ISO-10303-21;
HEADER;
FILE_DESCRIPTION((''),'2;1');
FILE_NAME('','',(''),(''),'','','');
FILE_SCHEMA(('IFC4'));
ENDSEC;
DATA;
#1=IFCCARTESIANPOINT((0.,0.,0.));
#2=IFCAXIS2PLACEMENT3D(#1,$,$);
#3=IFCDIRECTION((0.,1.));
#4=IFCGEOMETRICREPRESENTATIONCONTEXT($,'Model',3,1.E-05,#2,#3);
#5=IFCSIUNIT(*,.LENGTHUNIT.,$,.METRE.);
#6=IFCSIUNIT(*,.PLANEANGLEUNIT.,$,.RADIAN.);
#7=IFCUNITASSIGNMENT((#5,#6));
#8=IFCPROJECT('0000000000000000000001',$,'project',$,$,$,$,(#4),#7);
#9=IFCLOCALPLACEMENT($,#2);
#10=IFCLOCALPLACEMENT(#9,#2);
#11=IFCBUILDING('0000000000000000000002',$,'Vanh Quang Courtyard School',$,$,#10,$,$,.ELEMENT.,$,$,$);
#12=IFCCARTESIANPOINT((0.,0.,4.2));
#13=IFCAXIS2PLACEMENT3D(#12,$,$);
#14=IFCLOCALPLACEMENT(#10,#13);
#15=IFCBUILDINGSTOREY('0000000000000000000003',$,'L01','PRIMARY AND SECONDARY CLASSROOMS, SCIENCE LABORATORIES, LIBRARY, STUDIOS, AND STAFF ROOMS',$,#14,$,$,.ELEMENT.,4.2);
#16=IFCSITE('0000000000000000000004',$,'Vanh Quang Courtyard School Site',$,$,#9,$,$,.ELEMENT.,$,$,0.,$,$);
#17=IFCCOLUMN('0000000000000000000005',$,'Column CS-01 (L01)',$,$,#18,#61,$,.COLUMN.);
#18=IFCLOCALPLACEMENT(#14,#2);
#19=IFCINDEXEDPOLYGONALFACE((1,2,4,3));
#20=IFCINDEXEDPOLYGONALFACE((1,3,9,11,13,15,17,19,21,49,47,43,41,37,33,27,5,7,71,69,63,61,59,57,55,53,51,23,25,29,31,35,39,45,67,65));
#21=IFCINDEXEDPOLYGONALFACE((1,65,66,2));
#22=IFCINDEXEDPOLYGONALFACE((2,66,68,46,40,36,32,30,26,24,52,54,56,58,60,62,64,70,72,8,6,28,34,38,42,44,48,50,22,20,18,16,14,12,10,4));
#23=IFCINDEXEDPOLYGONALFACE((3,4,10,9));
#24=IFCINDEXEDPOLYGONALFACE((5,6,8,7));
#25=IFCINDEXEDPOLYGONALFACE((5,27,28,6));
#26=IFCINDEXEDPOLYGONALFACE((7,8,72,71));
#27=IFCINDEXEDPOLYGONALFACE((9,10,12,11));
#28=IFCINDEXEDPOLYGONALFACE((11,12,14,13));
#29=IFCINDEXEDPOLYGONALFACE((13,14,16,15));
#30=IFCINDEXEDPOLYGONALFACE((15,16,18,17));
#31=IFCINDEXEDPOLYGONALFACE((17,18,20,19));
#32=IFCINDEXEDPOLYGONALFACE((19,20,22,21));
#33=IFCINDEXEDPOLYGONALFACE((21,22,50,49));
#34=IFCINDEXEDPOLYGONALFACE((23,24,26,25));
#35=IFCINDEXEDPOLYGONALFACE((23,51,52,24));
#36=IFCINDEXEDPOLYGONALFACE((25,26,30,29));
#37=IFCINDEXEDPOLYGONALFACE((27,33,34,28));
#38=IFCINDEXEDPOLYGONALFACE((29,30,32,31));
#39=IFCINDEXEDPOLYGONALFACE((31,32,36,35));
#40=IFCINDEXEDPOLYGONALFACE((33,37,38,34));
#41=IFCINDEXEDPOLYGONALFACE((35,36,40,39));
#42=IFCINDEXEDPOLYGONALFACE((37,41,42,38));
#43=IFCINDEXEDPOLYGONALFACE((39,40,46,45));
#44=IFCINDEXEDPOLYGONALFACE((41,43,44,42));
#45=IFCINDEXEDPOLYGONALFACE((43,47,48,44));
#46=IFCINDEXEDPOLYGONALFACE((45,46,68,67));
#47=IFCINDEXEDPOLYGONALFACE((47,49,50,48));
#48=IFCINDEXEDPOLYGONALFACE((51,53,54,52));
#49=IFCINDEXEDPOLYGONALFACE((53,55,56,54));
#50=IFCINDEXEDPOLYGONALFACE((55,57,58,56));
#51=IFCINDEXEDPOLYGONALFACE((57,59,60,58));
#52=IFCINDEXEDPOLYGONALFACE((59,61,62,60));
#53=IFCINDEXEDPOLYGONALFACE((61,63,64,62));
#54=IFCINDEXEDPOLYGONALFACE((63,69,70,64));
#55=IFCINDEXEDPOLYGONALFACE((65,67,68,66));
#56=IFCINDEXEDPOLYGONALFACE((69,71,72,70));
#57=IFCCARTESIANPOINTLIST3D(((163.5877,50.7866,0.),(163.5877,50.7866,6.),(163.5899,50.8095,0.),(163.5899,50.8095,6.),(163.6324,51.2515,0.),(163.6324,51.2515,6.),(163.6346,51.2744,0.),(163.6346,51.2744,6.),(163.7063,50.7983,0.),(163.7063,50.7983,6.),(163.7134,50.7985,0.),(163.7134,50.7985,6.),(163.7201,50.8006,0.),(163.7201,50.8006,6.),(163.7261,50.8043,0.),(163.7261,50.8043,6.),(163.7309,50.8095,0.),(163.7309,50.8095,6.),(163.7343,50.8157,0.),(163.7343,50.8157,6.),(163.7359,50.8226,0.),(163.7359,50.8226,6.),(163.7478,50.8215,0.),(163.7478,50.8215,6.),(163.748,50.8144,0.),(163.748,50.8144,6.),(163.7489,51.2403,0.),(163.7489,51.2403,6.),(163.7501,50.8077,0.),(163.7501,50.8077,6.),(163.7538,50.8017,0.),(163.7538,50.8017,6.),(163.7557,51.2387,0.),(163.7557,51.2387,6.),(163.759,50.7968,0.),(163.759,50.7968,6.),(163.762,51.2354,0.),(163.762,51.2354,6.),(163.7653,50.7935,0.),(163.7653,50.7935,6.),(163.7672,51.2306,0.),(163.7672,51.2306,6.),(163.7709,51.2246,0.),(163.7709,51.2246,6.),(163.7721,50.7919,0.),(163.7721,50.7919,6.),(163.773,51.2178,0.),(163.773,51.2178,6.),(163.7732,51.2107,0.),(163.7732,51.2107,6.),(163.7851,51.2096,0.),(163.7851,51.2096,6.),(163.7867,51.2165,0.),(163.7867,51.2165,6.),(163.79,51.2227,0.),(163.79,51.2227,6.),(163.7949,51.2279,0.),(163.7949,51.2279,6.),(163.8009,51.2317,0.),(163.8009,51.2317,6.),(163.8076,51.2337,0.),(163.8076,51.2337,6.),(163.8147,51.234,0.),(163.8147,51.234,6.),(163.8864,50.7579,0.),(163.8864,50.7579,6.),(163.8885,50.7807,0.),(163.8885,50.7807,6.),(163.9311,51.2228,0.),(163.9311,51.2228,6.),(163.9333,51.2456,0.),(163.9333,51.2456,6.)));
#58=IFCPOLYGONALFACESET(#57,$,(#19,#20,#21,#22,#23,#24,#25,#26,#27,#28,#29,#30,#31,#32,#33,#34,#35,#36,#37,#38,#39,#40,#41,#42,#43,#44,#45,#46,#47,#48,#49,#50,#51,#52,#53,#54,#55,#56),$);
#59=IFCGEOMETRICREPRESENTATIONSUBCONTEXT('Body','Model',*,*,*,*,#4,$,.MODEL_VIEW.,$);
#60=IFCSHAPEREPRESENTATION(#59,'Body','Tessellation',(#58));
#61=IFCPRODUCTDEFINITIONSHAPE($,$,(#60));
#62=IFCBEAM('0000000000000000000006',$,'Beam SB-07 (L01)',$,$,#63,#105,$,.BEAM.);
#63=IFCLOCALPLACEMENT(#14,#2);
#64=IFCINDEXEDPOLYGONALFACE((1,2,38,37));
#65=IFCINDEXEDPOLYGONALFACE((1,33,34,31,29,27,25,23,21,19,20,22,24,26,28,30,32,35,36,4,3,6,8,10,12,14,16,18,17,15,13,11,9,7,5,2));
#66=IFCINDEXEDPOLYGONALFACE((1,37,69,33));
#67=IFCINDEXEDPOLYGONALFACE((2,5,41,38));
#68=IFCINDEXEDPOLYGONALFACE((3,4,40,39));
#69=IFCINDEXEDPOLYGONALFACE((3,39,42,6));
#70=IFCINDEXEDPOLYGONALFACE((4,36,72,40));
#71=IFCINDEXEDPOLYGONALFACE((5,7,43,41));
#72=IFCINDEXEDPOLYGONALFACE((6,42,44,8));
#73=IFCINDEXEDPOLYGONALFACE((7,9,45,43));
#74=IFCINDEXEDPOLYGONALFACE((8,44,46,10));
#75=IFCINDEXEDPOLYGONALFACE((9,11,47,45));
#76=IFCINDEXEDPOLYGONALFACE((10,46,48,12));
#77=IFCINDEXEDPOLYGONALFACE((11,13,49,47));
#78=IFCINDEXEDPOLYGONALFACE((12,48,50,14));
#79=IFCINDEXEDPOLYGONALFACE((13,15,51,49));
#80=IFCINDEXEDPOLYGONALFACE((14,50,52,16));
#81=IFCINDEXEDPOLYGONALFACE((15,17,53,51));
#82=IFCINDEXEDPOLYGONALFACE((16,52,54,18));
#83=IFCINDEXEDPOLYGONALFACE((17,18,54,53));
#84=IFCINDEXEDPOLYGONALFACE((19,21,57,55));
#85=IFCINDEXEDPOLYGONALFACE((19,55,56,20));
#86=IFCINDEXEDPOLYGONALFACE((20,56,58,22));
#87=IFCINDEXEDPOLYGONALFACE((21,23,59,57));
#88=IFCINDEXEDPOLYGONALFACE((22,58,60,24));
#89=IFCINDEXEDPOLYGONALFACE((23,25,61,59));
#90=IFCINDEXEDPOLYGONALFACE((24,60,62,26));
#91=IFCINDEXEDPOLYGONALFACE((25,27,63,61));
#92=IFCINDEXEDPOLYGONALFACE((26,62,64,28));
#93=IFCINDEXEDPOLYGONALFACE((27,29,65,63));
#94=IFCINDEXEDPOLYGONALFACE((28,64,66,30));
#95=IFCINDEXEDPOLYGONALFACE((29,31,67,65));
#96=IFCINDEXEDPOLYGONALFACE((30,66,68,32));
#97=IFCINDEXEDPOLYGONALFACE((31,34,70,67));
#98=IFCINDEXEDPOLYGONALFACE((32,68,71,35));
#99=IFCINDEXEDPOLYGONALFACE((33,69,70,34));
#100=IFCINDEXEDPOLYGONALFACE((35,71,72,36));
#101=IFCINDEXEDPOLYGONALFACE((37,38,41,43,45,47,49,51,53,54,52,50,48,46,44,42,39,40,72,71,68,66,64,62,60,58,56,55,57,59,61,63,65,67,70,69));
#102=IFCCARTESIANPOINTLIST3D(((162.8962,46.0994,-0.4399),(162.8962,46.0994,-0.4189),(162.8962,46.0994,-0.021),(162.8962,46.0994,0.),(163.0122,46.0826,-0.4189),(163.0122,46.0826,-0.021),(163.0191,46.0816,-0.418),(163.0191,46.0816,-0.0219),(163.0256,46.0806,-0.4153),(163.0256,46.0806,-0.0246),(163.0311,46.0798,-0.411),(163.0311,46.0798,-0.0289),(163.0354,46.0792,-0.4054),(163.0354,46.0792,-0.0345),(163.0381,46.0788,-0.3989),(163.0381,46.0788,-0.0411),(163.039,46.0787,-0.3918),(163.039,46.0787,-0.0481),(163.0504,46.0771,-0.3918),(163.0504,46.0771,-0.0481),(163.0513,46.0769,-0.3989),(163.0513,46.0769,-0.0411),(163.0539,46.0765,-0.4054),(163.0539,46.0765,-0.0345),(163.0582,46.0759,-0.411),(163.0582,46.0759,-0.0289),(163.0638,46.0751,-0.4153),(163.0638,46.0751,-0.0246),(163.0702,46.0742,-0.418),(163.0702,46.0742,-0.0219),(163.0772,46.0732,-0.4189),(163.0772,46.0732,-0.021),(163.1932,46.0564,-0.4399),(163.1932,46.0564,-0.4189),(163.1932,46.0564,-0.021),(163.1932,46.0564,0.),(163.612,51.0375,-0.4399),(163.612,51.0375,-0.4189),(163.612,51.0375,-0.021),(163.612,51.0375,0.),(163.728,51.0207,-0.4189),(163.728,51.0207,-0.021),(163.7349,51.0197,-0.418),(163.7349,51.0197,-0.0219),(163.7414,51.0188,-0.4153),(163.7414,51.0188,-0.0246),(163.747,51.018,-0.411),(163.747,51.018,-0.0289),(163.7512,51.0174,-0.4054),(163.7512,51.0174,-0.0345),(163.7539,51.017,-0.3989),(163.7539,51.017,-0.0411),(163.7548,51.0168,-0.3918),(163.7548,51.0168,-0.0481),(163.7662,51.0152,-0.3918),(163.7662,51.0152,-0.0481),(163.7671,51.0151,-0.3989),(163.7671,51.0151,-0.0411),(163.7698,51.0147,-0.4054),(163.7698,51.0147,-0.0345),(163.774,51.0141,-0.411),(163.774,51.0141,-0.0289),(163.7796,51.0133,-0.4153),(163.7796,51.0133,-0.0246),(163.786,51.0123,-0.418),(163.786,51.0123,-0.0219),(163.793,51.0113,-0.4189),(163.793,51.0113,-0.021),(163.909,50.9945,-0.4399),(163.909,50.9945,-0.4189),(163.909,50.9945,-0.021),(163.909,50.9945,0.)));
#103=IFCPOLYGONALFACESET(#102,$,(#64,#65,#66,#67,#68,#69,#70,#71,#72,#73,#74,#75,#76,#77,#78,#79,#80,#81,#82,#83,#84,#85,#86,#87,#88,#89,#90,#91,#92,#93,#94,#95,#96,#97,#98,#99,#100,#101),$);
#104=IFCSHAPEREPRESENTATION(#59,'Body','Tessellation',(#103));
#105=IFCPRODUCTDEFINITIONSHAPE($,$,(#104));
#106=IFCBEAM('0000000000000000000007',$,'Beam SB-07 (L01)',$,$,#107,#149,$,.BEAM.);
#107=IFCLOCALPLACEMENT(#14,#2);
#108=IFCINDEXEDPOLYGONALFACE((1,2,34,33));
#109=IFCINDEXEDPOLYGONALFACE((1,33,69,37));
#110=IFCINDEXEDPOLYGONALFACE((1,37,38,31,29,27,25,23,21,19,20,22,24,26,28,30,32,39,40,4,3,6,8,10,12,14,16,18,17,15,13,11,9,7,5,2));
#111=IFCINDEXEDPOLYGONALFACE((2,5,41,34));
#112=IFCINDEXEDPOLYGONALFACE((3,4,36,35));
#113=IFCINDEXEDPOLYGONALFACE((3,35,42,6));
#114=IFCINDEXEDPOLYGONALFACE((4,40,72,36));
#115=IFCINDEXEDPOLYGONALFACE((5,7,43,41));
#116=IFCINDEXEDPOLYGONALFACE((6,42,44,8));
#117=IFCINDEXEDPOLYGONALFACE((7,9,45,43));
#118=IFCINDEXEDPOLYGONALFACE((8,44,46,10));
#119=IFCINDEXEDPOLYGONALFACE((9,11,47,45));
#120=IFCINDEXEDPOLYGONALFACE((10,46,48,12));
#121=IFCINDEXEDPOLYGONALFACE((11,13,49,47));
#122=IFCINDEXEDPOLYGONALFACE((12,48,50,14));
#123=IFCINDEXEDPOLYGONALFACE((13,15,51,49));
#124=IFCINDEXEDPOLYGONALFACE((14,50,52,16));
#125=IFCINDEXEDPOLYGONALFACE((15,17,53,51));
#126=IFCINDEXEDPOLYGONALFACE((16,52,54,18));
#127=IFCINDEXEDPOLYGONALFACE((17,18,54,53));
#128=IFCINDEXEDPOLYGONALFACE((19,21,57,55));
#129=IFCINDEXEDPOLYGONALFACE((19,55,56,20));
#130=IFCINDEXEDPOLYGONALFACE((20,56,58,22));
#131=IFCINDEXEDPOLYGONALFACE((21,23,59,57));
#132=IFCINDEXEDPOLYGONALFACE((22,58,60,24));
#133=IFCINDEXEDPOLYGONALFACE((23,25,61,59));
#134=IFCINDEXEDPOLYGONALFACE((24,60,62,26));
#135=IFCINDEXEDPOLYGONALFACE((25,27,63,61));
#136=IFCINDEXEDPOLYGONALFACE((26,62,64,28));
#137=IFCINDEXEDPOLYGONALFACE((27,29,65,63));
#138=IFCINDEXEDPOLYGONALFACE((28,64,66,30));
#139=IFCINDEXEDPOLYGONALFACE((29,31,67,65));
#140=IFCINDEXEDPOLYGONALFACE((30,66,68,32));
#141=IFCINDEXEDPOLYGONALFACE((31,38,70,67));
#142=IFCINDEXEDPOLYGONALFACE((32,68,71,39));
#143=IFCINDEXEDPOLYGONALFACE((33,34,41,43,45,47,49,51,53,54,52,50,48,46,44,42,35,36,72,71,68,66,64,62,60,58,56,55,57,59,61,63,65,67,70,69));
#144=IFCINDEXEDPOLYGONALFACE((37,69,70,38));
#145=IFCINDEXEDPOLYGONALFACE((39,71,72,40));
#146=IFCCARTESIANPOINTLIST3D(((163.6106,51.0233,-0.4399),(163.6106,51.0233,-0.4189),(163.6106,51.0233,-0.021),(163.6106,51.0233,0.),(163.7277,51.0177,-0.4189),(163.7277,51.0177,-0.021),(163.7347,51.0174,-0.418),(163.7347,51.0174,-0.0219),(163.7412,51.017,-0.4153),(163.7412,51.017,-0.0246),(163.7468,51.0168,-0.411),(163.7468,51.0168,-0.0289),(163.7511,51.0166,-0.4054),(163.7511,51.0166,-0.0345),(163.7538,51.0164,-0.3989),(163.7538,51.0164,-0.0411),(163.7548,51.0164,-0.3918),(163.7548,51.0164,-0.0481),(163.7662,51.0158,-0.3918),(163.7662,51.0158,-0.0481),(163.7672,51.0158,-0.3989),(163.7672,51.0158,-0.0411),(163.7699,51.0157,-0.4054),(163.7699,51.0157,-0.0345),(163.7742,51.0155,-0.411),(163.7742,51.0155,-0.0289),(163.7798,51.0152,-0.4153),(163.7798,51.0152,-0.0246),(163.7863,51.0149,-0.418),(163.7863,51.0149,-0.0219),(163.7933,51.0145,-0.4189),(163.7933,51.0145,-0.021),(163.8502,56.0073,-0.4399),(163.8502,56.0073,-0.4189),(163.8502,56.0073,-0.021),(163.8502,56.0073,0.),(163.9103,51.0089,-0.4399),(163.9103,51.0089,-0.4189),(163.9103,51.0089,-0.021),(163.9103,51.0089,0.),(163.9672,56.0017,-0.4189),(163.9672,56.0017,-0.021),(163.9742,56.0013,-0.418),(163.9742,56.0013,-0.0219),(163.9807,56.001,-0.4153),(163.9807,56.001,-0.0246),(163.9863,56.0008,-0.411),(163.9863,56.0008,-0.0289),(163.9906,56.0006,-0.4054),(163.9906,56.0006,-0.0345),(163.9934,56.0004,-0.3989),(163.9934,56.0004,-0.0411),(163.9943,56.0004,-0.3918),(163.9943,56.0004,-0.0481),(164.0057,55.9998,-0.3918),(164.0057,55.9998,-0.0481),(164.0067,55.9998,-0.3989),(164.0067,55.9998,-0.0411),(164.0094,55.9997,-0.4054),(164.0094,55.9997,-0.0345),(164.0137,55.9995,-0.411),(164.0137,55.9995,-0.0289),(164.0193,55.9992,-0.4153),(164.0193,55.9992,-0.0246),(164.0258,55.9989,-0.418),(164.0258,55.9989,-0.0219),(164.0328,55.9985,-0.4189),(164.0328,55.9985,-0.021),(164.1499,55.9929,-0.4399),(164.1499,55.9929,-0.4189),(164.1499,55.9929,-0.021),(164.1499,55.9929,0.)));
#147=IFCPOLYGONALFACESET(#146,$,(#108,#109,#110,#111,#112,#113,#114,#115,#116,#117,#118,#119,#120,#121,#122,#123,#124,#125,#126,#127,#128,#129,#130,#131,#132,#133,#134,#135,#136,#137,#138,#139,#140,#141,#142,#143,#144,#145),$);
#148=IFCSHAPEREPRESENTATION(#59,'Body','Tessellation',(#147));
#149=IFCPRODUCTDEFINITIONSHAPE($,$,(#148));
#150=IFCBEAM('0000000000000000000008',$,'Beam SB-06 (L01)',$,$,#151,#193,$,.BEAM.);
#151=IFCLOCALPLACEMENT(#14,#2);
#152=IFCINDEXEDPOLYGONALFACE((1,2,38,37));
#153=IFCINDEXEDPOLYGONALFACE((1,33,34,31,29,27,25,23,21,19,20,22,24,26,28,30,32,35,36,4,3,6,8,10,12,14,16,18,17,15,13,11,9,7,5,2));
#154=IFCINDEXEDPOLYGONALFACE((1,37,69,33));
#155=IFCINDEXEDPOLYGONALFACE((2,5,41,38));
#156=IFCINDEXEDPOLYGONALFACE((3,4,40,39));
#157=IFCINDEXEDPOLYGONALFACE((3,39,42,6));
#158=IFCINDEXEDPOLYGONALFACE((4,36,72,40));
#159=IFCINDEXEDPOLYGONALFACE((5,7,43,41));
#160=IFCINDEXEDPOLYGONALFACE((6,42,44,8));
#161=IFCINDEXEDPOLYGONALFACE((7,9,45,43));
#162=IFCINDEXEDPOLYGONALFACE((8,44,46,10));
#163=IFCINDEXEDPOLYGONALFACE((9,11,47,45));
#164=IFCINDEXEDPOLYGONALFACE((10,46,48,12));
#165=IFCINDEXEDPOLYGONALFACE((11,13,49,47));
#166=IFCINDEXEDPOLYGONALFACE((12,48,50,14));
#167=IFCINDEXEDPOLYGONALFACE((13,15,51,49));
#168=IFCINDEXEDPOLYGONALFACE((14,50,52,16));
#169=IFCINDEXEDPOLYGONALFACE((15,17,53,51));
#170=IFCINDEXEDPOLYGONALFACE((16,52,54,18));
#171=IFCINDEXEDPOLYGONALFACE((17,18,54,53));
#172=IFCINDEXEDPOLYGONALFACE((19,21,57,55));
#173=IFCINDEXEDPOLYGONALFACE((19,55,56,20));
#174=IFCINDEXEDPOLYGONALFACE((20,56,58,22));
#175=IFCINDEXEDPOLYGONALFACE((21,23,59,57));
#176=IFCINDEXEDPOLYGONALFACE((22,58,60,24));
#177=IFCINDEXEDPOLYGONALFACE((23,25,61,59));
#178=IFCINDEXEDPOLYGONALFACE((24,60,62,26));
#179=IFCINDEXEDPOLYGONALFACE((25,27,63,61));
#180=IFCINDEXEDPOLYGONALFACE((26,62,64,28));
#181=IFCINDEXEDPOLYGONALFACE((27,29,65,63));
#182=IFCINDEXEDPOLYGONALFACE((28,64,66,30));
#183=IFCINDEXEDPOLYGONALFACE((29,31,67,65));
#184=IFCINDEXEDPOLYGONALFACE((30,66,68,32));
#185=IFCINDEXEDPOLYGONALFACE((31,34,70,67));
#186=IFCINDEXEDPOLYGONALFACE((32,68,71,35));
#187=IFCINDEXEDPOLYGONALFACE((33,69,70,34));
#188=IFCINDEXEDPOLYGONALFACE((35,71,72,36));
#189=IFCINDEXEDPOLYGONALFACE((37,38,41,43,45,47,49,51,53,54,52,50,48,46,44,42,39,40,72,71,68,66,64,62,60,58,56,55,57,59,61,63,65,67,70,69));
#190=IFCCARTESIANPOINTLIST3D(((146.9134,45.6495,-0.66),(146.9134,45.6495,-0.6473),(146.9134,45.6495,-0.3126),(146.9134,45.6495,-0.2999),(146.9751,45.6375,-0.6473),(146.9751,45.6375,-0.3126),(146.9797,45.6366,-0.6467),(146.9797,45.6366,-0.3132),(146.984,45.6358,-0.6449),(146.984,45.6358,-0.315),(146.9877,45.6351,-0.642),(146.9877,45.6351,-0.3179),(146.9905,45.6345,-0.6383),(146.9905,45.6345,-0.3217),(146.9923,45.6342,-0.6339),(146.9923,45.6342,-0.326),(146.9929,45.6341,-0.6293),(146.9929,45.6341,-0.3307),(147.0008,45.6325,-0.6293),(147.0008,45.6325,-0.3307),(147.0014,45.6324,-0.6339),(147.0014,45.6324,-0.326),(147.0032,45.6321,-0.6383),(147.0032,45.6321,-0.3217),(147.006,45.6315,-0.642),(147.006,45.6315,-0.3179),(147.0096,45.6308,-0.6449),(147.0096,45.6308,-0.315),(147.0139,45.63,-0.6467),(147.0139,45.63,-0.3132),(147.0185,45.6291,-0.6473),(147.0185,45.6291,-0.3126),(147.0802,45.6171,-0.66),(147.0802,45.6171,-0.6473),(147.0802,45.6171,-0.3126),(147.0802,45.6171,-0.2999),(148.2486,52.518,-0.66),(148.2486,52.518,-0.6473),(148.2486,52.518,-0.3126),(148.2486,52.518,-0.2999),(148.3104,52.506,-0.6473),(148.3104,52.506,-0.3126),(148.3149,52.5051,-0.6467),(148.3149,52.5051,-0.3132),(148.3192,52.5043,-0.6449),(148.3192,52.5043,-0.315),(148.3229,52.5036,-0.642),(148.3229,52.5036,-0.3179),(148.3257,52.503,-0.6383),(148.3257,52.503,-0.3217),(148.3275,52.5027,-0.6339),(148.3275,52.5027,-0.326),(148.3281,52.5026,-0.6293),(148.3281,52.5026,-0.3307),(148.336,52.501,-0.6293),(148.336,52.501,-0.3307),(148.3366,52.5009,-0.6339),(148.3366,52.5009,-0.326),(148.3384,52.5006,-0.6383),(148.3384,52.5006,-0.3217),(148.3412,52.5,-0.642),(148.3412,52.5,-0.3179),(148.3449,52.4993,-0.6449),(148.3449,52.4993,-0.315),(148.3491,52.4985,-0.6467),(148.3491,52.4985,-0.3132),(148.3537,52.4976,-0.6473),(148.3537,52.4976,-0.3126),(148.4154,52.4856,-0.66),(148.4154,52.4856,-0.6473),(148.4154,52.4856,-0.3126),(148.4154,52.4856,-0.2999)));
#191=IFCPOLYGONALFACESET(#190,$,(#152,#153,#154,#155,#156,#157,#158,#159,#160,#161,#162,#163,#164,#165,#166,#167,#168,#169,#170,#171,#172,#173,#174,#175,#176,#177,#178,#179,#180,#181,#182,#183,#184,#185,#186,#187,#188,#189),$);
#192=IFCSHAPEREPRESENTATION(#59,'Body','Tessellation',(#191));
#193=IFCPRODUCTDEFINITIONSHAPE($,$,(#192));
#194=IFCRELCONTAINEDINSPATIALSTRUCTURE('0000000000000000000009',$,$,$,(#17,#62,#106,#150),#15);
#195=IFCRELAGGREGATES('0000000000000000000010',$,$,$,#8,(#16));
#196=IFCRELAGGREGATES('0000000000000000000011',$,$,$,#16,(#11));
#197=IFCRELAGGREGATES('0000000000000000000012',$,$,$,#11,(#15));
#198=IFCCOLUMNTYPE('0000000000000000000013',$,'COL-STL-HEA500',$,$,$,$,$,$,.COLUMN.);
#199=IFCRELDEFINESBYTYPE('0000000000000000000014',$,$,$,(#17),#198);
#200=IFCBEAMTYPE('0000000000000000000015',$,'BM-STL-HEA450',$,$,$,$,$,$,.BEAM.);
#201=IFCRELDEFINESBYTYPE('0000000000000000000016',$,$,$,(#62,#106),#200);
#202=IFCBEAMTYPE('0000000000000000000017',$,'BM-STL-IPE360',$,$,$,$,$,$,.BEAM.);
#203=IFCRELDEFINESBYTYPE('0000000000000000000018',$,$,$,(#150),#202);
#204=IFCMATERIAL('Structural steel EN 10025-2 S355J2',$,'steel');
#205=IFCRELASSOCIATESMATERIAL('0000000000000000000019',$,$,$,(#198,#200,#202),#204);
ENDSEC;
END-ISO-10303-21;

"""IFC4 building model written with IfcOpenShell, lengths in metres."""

from ifc_helpers import new_model, si_unit, direction, frame, origin, origin_2d, place, context, subcontext, project, spatial, i_section, extrude, material, material_profile, profile_set, type_object, element, save


model = new_model("IFC4")

# Units and contexts
model_context = context("Model", 3, precision=1e-05, world=origin(), true_north=direction((0.0, 1.0)))
body_context = subcontext(model_context, "Body", "Model", "MODEL_VIEW")
ifc_project = project(units=[si_unit("LENGTHUNIT", "METRE"), si_unit("PLANEANGLEUNIT", "RADIAN")], contexts=[model_context])

# Site, building, storey
site_placement = place(None, origin())
site = spatial("IfcSite", under=ifc_project, at=site_placement, Name="Vanh Quang Courtyard School Site", CompositionType="ELEMENT", RefElevation=0.0)
building_placement = place(site_placement, origin())
building = spatial("IfcBuilding", under=site, at=building_placement, Name="Vanh Quang Courtyard School", CompositionType="ELEMENT")
storey_placement = place(building_placement, frame((0.0, 0.0, 4.2)))
storey = spatial("IfcBuildingStorey", under=building, at=storey_placement, Name="L01", Description="PRIMARY AND SECONDARY CLASSROOMS, SCIENCE LABORATORIES, LIBRARY, STUDIOS, AND STAFF ROOMS", CompositionType="ELEMENT", Elevation=4.2)

# Column
ifc_material_1 = material(Name="Structural steel EN 10025-2 S355J2", Category="steel")
ifc_material_profile_1 = material_profile(ifc_material_1, i_section(OverallWidth=0.3, OverallDepth=0.49, WebThickness=0.012, FlangeThickness=0.0229, FilletRadius=0.0271, at=origin_2d()), Name="HEA 500")
ifc_profile_set_1 = profile_set([ifc_material_profile_1], Name="Structural steel EN 10025-2 S355J2")
column_type_1 = type_object("IfcColumnType", Name="COL-STL-HEA500", PredefinedType="COLUMN", material=ifc_profile_set_1)
column_placement = place(storey_placement, frame((163.7605, 51.0161, 0.0), z_axis=(0.0, 0.0, 1.0), x_axis=(0.995396, -0.095846, 0.0)))
element("IfcColumn", 1, at=column_placement, inside=storey, type_object=column_type_1, Name="Column CS-01 (L01)", PredefinedType="COLUMN", context=body_context, shape_type="SweptSolid", body=[
    extrude(i_section(OverallWidth=0.3, OverallDepth=0.49, WebThickness=0.012, FlangeThickness=0.0229, FilletRadius=0.0271, at=origin_2d()), origin(), (0.0, 0.0, 1.0), 6.0),
])

# Beams
ifc_material_profile_2 = material_profile(ifc_material_1, i_section(OverallWidth=0.3, OverallDepth=0.4399, WebThickness=0.0115, FlangeThickness=0.021, FilletRadius=0.0271, at=origin_2d()), Name="HEA 450")
ifc_profile_set_2 = profile_set([ifc_material_profile_2], Name="Structural steel EN 10025-2 S355J2")
beam_type_1 = type_object("IfcBeamType", Name="BM-STL-HEA450", PredefinedType="BEAM", material=ifc_profile_set_2)
for number, where, z_axis, x_axis, name in (
    (2, (163.0447, 46.0779, -0.22), (0.143455, 0.989657, 0.0), (-0.989657, 0.143455, 0.0), "Beam SB-07 (L01)"),
    (3, (163.7605, 51.0161, -0.22), (0.048, 0.998847, 0.0), (-0.998847, 0.048, 0.0), "Beam SB-07 (L01)"),
):
    element("IfcBeam", number, at=place(storey_placement, frame(where, z_axis=z_axis, x_axis=x_axis)), inside=storey, type_object=beam_type_1, Name=name, PredefinedType="BEAM", context=body_context, shape_type="SweptSolid", body=[
        extrude(i_section(OverallWidth=0.3, OverallDepth=0.4399, WebThickness=0.0115, FlangeThickness=0.021, FilletRadius=0.0271, at=origin_2d()), origin(), (0.0, 0.0, 1.0), 4.9897),
    ])
ifc_material_profile_3 = material_profile(ifc_material_1, i_section(OverallWidth=0.1699, OverallDepth=0.3601, WebThickness=0.0081, FlangeThickness=0.0127, FilletRadius=0.0181, at=origin_2d()), Name="IPE 360")
ifc_profile_set_3 = profile_set([ifc_material_profile_3], Name="Structural steel EN 10025-2 S355J2")
beam_type_2 = type_object("IfcBeamType", Name="BM-STL-IPE360", PredefinedType="BEAM", material=ifc_profile_set_3)
beam_1_placement = place(storey_placement, frame((146.9968, 45.6333, -0.48), z_axis=(0.190826, 0.981624, 0.0), x_axis=(-0.981624, 0.190826, 0.0)))
element("IfcBeam", 4, at=beam_1_placement, inside=storey, type_object=beam_type_2, Name="Beam SB-06 (L01)", PredefinedType="BEAM", context=body_context, shape_type="SweptSolid", body=[
    extrude(i_section(OverallWidth=0.1699, OverallDepth=0.3601, WebThickness=0.0081, FlangeThickness=0.0127, FilletRadius=0.0181, at=origin_2d()), origin(), (0.0, 0.0, 1.0), 6.9971),
])

save(model, "model.ifc")
